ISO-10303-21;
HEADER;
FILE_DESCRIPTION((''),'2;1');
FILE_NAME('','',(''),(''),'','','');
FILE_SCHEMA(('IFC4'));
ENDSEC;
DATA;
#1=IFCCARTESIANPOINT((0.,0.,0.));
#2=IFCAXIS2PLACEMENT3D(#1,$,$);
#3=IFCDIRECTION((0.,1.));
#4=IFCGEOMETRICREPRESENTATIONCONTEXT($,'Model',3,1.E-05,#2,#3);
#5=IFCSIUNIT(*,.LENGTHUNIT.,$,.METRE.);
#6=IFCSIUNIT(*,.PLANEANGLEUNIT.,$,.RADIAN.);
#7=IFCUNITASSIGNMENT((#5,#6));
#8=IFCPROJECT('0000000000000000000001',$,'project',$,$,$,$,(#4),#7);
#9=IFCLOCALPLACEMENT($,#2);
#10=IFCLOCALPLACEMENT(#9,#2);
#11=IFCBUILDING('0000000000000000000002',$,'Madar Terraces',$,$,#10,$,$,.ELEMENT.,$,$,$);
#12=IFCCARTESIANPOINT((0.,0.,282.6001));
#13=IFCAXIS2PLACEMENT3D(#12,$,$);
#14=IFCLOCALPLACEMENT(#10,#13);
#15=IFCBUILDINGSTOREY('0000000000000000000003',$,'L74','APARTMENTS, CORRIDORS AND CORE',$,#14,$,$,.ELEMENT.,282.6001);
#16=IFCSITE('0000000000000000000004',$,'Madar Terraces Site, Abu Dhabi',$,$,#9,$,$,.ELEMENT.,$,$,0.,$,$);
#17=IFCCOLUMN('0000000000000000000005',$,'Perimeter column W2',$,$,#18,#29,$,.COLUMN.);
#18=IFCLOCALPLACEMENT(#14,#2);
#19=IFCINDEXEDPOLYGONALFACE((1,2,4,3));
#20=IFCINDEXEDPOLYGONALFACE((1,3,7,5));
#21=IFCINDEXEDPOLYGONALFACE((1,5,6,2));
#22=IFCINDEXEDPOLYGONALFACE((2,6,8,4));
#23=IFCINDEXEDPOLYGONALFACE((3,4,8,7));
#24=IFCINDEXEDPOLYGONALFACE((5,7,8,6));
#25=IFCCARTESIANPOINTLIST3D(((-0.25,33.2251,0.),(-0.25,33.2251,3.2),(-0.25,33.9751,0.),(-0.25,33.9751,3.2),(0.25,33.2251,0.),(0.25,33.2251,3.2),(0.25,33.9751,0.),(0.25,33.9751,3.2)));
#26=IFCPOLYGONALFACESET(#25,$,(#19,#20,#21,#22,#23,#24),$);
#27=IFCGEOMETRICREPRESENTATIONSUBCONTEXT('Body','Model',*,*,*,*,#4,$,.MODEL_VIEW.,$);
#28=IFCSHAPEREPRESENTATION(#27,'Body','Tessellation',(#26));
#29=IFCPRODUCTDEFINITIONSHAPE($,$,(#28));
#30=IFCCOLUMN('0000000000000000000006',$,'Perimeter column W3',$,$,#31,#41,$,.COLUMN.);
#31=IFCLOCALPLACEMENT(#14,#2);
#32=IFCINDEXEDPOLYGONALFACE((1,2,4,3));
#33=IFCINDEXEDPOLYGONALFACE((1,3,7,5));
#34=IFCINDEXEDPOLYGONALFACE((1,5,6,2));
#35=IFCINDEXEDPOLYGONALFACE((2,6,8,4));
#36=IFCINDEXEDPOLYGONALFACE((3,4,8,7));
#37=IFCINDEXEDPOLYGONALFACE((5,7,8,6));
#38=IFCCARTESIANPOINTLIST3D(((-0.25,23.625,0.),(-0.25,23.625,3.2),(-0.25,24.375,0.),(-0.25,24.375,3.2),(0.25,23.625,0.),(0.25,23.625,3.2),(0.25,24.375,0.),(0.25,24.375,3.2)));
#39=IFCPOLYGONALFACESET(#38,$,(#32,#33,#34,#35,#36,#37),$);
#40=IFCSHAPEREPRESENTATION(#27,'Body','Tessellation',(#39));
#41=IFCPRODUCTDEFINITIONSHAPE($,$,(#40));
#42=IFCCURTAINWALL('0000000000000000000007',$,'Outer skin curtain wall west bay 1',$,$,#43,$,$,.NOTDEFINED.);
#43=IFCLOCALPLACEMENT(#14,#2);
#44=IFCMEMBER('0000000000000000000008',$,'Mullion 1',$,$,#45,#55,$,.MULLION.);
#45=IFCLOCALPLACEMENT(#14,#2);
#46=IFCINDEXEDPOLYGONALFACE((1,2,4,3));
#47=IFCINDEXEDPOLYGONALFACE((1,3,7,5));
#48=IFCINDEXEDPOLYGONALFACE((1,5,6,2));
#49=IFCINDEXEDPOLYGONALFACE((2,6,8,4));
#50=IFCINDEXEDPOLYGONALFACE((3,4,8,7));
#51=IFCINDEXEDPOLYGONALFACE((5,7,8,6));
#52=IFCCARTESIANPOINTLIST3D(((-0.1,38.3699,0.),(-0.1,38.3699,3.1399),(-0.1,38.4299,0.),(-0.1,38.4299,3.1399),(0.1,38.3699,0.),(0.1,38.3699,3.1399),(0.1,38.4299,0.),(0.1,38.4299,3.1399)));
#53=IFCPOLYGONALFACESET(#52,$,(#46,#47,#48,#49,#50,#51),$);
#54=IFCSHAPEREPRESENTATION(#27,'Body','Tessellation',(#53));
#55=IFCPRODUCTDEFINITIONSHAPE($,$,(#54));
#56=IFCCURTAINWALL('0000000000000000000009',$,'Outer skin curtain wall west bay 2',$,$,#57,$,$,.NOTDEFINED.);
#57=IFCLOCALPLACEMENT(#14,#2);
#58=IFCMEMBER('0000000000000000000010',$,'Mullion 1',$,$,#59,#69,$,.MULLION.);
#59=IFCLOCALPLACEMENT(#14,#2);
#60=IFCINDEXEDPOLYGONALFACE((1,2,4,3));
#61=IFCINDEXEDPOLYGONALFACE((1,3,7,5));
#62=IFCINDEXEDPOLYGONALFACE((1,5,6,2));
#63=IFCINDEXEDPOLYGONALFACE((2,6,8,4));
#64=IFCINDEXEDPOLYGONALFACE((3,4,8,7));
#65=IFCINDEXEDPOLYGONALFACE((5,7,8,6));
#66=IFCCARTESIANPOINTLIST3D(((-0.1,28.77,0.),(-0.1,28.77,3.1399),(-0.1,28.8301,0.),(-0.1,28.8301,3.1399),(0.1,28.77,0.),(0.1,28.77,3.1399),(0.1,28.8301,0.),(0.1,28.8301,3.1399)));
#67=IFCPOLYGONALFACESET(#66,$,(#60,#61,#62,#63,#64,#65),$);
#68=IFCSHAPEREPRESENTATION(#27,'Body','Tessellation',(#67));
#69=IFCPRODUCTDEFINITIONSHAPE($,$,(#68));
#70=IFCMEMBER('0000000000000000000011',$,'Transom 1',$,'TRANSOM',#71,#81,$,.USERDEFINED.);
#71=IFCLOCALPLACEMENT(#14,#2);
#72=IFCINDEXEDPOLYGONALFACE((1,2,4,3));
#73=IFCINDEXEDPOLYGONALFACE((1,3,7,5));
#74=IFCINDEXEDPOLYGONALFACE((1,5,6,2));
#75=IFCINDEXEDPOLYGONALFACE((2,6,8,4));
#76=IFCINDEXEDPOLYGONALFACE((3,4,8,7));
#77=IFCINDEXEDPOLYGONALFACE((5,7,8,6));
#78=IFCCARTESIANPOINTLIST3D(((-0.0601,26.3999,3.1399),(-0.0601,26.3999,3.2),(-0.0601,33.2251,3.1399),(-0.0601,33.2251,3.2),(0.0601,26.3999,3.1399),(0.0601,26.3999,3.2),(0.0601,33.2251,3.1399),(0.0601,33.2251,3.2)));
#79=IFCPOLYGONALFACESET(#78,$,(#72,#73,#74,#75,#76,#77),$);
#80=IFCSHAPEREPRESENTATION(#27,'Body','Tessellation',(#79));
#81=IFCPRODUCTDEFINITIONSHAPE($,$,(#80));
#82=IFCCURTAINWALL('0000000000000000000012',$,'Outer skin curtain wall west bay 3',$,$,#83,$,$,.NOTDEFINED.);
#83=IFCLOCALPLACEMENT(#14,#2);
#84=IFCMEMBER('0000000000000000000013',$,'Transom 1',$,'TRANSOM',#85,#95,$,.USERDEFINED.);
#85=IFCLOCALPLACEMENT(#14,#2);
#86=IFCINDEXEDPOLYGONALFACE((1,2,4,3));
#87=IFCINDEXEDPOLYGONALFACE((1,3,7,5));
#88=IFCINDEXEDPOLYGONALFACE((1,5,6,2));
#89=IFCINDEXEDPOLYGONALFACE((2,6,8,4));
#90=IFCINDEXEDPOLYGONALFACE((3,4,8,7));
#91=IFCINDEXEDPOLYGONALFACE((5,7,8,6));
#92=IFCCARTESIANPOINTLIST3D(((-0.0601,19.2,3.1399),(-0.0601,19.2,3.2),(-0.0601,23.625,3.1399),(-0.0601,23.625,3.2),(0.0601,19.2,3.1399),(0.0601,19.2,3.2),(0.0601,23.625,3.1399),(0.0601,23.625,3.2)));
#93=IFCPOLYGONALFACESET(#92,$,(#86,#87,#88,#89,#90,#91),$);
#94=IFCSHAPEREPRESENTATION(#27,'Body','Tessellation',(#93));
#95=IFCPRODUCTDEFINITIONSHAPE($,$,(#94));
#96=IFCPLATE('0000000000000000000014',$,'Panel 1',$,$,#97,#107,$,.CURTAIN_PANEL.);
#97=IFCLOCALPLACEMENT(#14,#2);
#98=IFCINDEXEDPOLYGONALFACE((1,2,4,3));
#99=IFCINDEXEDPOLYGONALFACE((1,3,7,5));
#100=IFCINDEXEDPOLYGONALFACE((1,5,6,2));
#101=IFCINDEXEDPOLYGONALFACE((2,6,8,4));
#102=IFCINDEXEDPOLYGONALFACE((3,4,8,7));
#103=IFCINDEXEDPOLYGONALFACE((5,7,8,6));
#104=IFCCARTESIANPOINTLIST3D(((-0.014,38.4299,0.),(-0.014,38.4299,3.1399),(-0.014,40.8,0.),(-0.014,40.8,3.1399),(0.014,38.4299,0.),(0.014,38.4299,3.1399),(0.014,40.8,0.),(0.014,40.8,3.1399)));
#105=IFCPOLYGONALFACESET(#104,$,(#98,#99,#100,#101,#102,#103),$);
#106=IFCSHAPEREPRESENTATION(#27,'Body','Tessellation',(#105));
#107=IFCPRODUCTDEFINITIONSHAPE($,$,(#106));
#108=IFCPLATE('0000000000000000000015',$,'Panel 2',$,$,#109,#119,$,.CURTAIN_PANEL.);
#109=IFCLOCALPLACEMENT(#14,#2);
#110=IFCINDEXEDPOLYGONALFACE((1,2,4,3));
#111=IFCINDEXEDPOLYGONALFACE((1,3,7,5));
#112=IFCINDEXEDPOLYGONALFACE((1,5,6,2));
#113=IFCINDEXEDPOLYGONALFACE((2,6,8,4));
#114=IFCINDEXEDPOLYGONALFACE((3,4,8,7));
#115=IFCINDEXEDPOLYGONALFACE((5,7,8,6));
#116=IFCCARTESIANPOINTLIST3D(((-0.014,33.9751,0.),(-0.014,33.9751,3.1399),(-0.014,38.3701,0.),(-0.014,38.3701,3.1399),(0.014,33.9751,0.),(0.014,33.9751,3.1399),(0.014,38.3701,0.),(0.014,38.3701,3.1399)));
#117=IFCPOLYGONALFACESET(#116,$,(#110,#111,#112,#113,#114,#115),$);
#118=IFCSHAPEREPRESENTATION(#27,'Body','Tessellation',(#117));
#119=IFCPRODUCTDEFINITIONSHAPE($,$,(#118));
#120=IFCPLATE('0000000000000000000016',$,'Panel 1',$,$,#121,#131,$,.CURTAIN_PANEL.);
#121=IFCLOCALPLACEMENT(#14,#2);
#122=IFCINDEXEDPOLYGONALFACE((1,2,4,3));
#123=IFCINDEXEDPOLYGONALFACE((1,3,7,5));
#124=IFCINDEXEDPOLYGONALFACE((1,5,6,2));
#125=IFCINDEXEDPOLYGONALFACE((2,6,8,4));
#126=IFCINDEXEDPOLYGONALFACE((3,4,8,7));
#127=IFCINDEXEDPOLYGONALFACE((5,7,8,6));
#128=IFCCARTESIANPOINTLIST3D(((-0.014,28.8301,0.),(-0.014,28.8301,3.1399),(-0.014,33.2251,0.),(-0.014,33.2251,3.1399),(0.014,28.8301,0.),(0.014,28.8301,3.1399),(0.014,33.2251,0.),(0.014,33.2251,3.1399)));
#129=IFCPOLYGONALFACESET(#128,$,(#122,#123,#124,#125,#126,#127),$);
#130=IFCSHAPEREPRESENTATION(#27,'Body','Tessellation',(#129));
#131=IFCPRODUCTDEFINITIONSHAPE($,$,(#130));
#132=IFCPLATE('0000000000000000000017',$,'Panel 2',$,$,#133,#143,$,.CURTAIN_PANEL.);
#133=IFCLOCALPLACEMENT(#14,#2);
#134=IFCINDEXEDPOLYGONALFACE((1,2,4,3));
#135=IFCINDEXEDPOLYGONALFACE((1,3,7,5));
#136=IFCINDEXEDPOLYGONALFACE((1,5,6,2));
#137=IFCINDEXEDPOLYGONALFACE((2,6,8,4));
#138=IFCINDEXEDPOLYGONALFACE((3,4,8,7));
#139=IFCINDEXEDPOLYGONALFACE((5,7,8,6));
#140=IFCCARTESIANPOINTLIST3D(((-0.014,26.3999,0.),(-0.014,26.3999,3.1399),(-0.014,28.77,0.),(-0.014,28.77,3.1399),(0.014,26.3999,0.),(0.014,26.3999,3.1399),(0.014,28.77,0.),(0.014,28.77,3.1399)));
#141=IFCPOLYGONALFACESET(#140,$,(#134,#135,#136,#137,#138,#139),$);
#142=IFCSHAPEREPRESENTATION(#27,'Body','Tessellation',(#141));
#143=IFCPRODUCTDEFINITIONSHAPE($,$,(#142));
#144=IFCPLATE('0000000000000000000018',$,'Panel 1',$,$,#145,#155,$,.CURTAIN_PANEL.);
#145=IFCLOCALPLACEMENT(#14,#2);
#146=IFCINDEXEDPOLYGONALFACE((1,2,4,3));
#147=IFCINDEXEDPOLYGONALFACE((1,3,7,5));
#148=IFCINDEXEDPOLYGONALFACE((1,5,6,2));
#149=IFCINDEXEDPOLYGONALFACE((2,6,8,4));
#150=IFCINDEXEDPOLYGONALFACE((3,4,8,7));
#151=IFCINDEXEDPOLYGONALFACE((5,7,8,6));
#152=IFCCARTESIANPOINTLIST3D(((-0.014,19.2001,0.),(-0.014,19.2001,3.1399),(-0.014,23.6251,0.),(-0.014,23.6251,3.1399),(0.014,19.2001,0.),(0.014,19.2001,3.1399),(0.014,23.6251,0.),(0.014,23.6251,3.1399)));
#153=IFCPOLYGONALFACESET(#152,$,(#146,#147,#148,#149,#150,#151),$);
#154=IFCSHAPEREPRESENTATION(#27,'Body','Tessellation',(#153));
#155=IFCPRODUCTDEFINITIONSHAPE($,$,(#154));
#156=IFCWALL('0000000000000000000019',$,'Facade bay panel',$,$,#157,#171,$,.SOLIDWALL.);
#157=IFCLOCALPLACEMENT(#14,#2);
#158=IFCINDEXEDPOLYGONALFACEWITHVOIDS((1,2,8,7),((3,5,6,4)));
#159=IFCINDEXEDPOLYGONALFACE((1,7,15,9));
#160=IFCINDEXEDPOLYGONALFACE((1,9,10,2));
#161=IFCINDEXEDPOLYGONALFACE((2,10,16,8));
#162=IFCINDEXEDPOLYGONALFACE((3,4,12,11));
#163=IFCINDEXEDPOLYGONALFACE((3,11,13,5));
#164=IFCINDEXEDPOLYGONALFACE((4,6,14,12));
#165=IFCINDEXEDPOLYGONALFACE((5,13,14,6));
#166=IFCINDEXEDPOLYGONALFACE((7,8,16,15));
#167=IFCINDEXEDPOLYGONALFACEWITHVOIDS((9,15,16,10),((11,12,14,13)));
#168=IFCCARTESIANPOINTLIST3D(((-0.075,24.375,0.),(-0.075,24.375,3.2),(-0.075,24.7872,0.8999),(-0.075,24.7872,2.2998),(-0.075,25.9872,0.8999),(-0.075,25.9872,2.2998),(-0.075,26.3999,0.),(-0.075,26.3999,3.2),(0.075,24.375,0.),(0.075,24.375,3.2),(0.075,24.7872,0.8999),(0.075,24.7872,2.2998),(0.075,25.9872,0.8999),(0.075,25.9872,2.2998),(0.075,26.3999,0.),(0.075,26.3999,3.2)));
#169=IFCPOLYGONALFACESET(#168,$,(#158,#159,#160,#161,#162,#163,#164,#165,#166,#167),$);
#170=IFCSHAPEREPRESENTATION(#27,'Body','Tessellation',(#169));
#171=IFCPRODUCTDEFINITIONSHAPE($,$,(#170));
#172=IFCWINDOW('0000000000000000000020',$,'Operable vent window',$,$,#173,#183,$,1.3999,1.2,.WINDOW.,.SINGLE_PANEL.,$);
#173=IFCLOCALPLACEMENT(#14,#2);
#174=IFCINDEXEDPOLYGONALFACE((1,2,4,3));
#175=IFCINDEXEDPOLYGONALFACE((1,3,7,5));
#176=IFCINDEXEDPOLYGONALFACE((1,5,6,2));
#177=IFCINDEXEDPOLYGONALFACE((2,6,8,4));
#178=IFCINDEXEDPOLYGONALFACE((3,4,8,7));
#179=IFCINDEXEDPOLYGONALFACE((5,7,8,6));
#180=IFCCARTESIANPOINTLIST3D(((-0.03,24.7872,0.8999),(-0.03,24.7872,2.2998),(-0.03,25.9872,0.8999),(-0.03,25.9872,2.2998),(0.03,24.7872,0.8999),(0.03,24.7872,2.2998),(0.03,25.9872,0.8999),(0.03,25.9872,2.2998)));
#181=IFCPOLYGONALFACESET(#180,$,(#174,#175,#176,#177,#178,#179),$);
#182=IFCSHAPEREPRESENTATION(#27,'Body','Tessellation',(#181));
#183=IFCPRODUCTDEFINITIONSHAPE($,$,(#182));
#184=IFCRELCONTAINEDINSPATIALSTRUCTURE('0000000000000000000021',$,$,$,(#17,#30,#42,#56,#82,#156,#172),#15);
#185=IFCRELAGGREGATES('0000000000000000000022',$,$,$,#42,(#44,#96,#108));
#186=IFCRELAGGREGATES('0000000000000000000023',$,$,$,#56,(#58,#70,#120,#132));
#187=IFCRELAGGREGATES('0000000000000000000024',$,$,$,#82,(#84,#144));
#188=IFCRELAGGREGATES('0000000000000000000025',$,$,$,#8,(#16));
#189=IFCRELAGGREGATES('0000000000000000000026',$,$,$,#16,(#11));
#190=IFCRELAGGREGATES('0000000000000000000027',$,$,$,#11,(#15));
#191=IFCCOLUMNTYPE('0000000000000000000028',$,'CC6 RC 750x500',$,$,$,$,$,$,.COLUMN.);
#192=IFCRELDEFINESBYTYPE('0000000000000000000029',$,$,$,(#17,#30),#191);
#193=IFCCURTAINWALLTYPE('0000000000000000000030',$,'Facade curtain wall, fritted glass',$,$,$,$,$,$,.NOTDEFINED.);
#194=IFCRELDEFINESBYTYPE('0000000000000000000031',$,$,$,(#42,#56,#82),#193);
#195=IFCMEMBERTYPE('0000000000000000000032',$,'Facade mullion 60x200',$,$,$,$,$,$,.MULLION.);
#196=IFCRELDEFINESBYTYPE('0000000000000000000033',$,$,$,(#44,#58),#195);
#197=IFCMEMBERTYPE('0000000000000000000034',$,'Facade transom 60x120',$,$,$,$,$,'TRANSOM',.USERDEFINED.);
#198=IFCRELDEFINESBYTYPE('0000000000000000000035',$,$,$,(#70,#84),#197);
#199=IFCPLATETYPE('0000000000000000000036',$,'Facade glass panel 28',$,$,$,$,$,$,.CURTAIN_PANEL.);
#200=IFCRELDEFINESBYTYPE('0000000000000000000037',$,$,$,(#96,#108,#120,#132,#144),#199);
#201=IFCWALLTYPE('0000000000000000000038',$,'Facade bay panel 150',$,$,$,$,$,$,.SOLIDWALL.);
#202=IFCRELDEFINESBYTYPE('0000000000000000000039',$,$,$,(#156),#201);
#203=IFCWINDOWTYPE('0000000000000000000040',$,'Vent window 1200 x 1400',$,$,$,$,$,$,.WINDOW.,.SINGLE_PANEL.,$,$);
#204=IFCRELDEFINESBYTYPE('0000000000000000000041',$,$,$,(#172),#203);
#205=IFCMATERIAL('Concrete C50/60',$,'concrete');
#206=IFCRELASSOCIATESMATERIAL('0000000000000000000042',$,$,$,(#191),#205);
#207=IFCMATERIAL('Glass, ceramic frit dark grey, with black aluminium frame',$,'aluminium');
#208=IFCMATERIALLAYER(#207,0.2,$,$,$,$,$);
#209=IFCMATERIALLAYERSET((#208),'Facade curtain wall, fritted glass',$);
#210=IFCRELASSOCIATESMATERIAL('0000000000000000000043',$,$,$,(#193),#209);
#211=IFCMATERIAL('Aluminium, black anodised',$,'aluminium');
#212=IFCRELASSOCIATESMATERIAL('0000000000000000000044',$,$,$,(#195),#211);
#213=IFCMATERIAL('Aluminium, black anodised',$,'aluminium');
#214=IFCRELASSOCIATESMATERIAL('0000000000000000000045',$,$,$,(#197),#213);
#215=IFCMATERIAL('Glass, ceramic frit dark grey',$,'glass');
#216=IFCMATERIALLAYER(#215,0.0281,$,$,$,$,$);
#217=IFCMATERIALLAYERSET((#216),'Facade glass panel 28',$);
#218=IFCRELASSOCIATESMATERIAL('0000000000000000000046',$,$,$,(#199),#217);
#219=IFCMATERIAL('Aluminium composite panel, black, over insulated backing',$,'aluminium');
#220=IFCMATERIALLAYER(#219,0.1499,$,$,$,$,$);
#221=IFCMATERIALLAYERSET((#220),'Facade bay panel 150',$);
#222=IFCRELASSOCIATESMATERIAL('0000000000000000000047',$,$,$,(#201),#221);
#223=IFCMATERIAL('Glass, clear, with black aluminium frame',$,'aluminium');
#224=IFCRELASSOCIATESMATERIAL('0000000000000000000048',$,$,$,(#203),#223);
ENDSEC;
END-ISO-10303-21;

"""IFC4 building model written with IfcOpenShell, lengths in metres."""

from ifc_helpers import new_model, si_unit, direction, frame, frame_2d, origin, origin_2d, place, context, subcontext, project, spatial, rectangle, extrude, material, layer, layer_set, material_profile, profile_set, type_object, element, fill, aggregate, save


model = new_model("IFC4")

# Units and contexts
model_context = context("Model", 3, precision=1e-05, world=origin(), true_north=direction((0.0, 1.0)))
body_context = subcontext(model_context, "Body", "Model", "MODEL_VIEW")
ifc_project = project(units=[si_unit("LENGTHUNIT", "METRE"), si_unit("PLANEANGLEUNIT", "RADIAN")], contexts=[model_context])

# Site, building, storey
site_placement = place(None, origin())
site = spatial("IfcSite", under=ifc_project, at=site_placement, Name="Madar Terraces Site, Abu Dhabi", CompositionType="ELEMENT", RefElevation=0.0)
building_placement = place(site_placement, origin())
building = spatial("IfcBuilding", under=site, at=building_placement, Name="Madar Terraces", CompositionType="ELEMENT")
storey_placement = place(building_placement, frame((0.0, 0.0, 282.6001)))
storey = spatial("IfcBuildingStorey", under=building, at=storey_placement, Name="L74", Description="APARTMENTS, CORRIDORS AND CORE", CompositionType="ELEMENT", Elevation=282.6001)

# Columns
ifc_material_1 = material(Name="Concrete C50/60", Category="concrete")
ifc_material_profile_1 = material_profile(ifc_material_1, rectangle(XDim=0.75, YDim=0.5, at=origin_2d()), Name="CC6 RC 750x500")
ifc_profile_set_1 = profile_set([ifc_material_profile_1], Name="Concrete C50/60")
column_type = type_object("IfcColumnType", Name="CC6 RC 750x500", PredefinedType="COLUMN", material=ifc_profile_set_1)
for number, where, z_axis, x_axis, name in (
    (1, (0.0, 33.6001, 0.0), (0.0, 0.0, 1.0), (0.0, 1.0, 0.0), "Perimeter column W2"),
    (2, (0.0, 24.0, 0.0), (0.0, 0.0, 1.0), (0.0, 1.0, 0.0), "Perimeter column W3"),
):
    element("IfcColumn", number, at=place(storey_placement, frame(where, z_axis=z_axis, x_axis=x_axis)), inside=storey, type_object=column_type, Name=name, PredefinedType="COLUMN", context=body_context, shape_type="SweptSolid", body=[
        extrude(rectangle(XDim=0.75, YDim=0.5, at=origin_2d()), origin(), (0.0, 0.0, 1.0), 3.2),
    ])

# Curtain wall, member
ifc_material_2 = material(Name="Glass, ceramic frit dark grey, with black aluminium frame", Category="aluminium")
ifc_layer_1 = layer(ifc_material_2, 0.2)
ifc_layer_set_1 = layer_set([ifc_layer_1], Name="Facade curtain wall, fritted glass")
curtain_wall_type = type_object("IfcCurtainWallType", Name="Facade curtain wall, fritted glass", PredefinedType="NOTDEFINED", material=ifc_layer_set_1)
curtain_wall_1_placement = place(storey_placement, origin())
curtain_wall_1 = element("IfcCurtainWall", 3, at=curtain_wall_1_placement, inside=storey, type_object=curtain_wall_type, Name="Outer skin curtain wall west bay 1", PredefinedType="NOTDEFINED")
ifc_material_3 = material(Name="Aluminium, black anodised", Category="aluminium")
ifc_material_profile_2 = material_profile(ifc_material_3, rectangle(XDim=0.2, YDim=0.0601, at=origin_2d()), Name="Facade mullion 60x200")
ifc_profile_set_2 = profile_set([ifc_material_profile_2], Name="Aluminium, black anodised")
member_type_1 = type_object("IfcMemberType", Name="Facade mullion 60x200", PredefinedType="MULLION", material=ifc_profile_set_2)
member_1_placement = place(storey_placement, frame((0.0, 38.3999, 0.0), z_axis=(0.0, 0.0, 1.0), x_axis=(1.0, 0.0, 0.0)))
member_1 = element("IfcMember", 4, at=member_1_placement, type_object=member_type_1, Name="Mullion 1", PredefinedType="MULLION", context=body_context, shape_type="SweptSolid", body=[
    extrude(rectangle(XDim=0.2, YDim=0.0601, at=origin_2d()), origin(), (0.0, 0.0, 1.0), 3.1399),
])

# Curtain wall, members
curtain_wall_2_placement = place(storey_placement, origin())
curtain_wall_2 = element("IfcCurtainWall", 5, at=curtain_wall_2_placement, inside=storey, type_object=curtain_wall_type, Name="Outer skin curtain wall west bay 2", PredefinedType="NOTDEFINED")
member_2_placement = place(storey_placement, frame((0.0, 28.8, 0.0), z_axis=(0.0, 0.0, 1.0), x_axis=(1.0, 0.0, 0.0)))
member_2 = element("IfcMember", 6, at=member_2_placement, type_object=member_type_1, Name="Mullion 1", PredefinedType="MULLION", context=body_context, shape_type="SweptSolid", body=[
    extrude(rectangle(XDim=0.2, YDim=0.0601, at=origin_2d()), origin(), (0.0, 0.0, 1.0), 3.1399),
])
ifc_material_4 = material(Name="Aluminium, black anodised", Category="aluminium")
ifc_material_profile_3 = material_profile(ifc_material_4, rectangle(XDim=0.1201, YDim=0.0601, at=origin_2d()), Name="Facade transom 60x120")
ifc_profile_set_3 = profile_set([ifc_material_profile_3], Name="Aluminium, black anodised")
member_type_2 = type_object("IfcMemberType", Name="Facade transom 60x120", ElementType="TRANSOM", PredefinedType="USERDEFINED", material=ifc_profile_set_3)
member_3_placement = place(storey_placement, frame((0.0, 33.2251, 3.1699), z_axis=(0.0, -1.0, 0.0), x_axis=(1.0, 0.0, 0.0)))
member_3 = element("IfcMember", 7, at=member_3_placement, type_object=member_type_2, Name="Transom 1", ObjectType="TRANSOM", PredefinedType="USERDEFINED", context=body_context, shape_type="SweptSolid", body=[
    extrude(rectangle(XDim=0.1201, YDim=0.0601, at=origin_2d()), origin(), (0.0, 0.0, 1.0), 6.8252),
])

# Curtain wall, member
curtain_wall_3_placement = place(storey_placement, origin())
curtain_wall_3 = element("IfcCurtainWall", 8, at=curtain_wall_3_placement, inside=storey, type_object=curtain_wall_type, Name="Outer skin curtain wall west bay 3", PredefinedType="NOTDEFINED")
member_4_placement = place(storey_placement, frame((0.0, 23.625, 3.1699), z_axis=(0.0, -1.0, 0.0), x_axis=(1.0, 0.0, 0.0)))
member_4 = element("IfcMember", 9, at=member_4_placement, type_object=member_type_2, Name="Transom 1", ObjectType="TRANSOM", PredefinedType="USERDEFINED", context=body_context, shape_type="SweptSolid", body=[
    extrude(rectangle(XDim=0.1201, YDim=0.0601, at=origin_2d()), origin(), (0.0, 0.0, 1.0), 4.425),
])

# Plates
ifc_material_5 = material(Name="Glass, ceramic frit dark grey", Category="glass")
ifc_layer_2 = layer(ifc_material_5, 0.0281)
ifc_layer_set_2 = layer_set([ifc_layer_2], Name="Facade glass panel 28")
plate_type = type_object("IfcPlateType", Name="Facade glass panel 28", PredefinedType="CURTAIN_PANEL", material=ifc_layer_set_2)
plate_1_placement = place(storey_placement, frame((0.0, 39.615, 0.0), z_axis=(0.0, 0.0, 1.0), x_axis=(0.0, -1.0, 0.0)))
plate_1 = element("IfcPlate", 10, at=plate_1_placement, type_object=plate_type, Name="Panel 1", PredefinedType="CURTAIN_PANEL", context=body_context, shape_type="SweptSolid", body=[
    extrude(rectangle(XDim=2.3701, YDim=0.0281, at=origin_2d()), origin(), (0.0, 0.0, 1.0), 3.1399),
])
plate_2_placement = place(storey_placement, frame((0.0, 36.1726, 0.0), z_axis=(0.0, 0.0, 1.0), x_axis=(0.0, -1.0, 0.0)))
plate_2 = element("IfcPlate", 11, at=plate_2_placement, type_object=plate_type, Name="Panel 2", PredefinedType="CURTAIN_PANEL", context=body_context, shape_type="SweptSolid", body=[
    extrude(rectangle(XDim=4.395, YDim=0.0281, at=origin_2d()), origin(), (0.0, 0.0, 1.0), 3.1399),
])
aggregate(curtain_wall_1, [member_1, plate_1, plate_2])
plate_3_placement = place(storey_placement, frame((0.0, 31.0276, 0.0), z_axis=(0.0, 0.0, 1.0), x_axis=(0.0, -1.0, 0.0)))
plate_3 = element("IfcPlate", 12, at=plate_3_placement, type_object=plate_type, Name="Panel 1", PredefinedType="CURTAIN_PANEL", context=body_context, shape_type="SweptSolid", body=[
    extrude(rectangle(XDim=4.395, YDim=0.0281, at=origin_2d()), origin(), (0.0, 0.0, 1.0), 3.1399),
])
plate_4_placement = place(storey_placement, frame((0.0, 27.585, 0.0), z_axis=(0.0, 0.0, 1.0), x_axis=(0.0, -1.0, 0.0)))
plate_4 = element("IfcPlate", 13, at=plate_4_placement, type_object=plate_type, Name="Panel 2", PredefinedType="CURTAIN_PANEL", context=body_context, shape_type="SweptSolid", body=[
    extrude(rectangle(XDim=2.3701, YDim=0.0281, at=origin_2d()), origin(), (0.0, 0.0, 1.0), 3.1399),
])
aggregate(curtain_wall_2, [member_2, member_3, plate_3, plate_4])
plate_5_placement = place(storey_placement, frame((0.0, 21.4126, 0.0), z_axis=(0.0, 0.0, 1.0), x_axis=(0.0, -1.0, 0.0)))
plate_5 = element("IfcPlate", 14, at=plate_5_placement, type_object=plate_type, Name="Panel 1", PredefinedType="CURTAIN_PANEL", context=body_context, shape_type="SweptSolid", body=[
    extrude(rectangle(XDim=4.425, YDim=0.0281, at=origin_2d()), origin(), (0.0, 0.0, 1.0), 3.1399),
])
aggregate(curtain_wall_3, [member_4, plate_5])

# Wall, opening, window
ifc_material_6 = material(Name="Aluminium composite panel, black, over insulated backing", Category="aluminium")
ifc_layer_3 = layer(ifc_material_6, 0.1499)
ifc_layer_set_3 = layer_set([ifc_layer_3], Name="Facade bay panel 150")
wall_type_1 = type_object("IfcWallType", Name="Facade bay panel 150", PredefinedType="SOLIDWALL", material=ifc_layer_set_3)
wall_1_placement = place(storey_placement, frame((0.0, 26.3999, 0.0), z_axis=(0.0, 0.0, 1.0), x_axis=(0.0, -1.0, 0.0)))
wall_1 = element("IfcWall", 15, at=wall_1_placement, inside=storey, type_object=wall_type_1, Name="Facade bay panel", PredefinedType="SOLIDWALL", context=body_context, shape_type="SweptSolid", body=[
    extrude(rectangle(XDim=2.0249, YDim=0.1499, at=frame_2d((1.0125, 0.0))), origin(), (0.0, 0.0, 1.0), 3.2),
])
opening_1_placement = place(wall_1_placement, frame((0.4126, 0.0, 0.8999)))
opening_1 = element("IfcOpeningElement", 16, at=opening_1_placement, cuts=wall_1, PredefinedType="OPENING", context=body_context, shape_type="SweptSolid", body=[
    extrude(rectangle(XDim=1.2, YDim=1.3999, at=frame_2d((0.6001, 0.7))), frame((0.0, 0.085, 0.0), z_axis=(0.0, -1.0, 0.0), x_axis=(1.0, 0.0, 0.0)), (0.0, 0.0, 1.0), 0.1699),
])
ifc_material_7 = material(Name="Glass, clear, with black aluminium frame", Category="aluminium")
window_type = type_object("IfcWindowType", Name="Vent window 1200 x 1400", PartitioningType="SINGLE_PANEL", PredefinedType="WINDOW", material=ifc_material_7)
window_placement = place(opening_1_placement, origin())
window = element("IfcWindow", 17, at=window_placement, inside=storey, type_object=window_type, Name="Operable vent window", OverallHeight=1.3999, OverallWidth=1.2, PartitioningType="SINGLE_PANEL", PredefinedType="WINDOW", context=body_context, shape_type="SweptSolid", body=[
    extrude(rectangle(XDim=1.2, YDim=1.3999, at=frame_2d((0.6001, 0.7))), frame((0.0, 0.03, 0.0), z_axis=(0.0, -1.0, 0.0), x_axis=(1.0, 0.0, 0.0)), (0.0, 0.0, 1.0), 0.0601),
])
fill(opening_1, window)

save(model, "model.ifc")
